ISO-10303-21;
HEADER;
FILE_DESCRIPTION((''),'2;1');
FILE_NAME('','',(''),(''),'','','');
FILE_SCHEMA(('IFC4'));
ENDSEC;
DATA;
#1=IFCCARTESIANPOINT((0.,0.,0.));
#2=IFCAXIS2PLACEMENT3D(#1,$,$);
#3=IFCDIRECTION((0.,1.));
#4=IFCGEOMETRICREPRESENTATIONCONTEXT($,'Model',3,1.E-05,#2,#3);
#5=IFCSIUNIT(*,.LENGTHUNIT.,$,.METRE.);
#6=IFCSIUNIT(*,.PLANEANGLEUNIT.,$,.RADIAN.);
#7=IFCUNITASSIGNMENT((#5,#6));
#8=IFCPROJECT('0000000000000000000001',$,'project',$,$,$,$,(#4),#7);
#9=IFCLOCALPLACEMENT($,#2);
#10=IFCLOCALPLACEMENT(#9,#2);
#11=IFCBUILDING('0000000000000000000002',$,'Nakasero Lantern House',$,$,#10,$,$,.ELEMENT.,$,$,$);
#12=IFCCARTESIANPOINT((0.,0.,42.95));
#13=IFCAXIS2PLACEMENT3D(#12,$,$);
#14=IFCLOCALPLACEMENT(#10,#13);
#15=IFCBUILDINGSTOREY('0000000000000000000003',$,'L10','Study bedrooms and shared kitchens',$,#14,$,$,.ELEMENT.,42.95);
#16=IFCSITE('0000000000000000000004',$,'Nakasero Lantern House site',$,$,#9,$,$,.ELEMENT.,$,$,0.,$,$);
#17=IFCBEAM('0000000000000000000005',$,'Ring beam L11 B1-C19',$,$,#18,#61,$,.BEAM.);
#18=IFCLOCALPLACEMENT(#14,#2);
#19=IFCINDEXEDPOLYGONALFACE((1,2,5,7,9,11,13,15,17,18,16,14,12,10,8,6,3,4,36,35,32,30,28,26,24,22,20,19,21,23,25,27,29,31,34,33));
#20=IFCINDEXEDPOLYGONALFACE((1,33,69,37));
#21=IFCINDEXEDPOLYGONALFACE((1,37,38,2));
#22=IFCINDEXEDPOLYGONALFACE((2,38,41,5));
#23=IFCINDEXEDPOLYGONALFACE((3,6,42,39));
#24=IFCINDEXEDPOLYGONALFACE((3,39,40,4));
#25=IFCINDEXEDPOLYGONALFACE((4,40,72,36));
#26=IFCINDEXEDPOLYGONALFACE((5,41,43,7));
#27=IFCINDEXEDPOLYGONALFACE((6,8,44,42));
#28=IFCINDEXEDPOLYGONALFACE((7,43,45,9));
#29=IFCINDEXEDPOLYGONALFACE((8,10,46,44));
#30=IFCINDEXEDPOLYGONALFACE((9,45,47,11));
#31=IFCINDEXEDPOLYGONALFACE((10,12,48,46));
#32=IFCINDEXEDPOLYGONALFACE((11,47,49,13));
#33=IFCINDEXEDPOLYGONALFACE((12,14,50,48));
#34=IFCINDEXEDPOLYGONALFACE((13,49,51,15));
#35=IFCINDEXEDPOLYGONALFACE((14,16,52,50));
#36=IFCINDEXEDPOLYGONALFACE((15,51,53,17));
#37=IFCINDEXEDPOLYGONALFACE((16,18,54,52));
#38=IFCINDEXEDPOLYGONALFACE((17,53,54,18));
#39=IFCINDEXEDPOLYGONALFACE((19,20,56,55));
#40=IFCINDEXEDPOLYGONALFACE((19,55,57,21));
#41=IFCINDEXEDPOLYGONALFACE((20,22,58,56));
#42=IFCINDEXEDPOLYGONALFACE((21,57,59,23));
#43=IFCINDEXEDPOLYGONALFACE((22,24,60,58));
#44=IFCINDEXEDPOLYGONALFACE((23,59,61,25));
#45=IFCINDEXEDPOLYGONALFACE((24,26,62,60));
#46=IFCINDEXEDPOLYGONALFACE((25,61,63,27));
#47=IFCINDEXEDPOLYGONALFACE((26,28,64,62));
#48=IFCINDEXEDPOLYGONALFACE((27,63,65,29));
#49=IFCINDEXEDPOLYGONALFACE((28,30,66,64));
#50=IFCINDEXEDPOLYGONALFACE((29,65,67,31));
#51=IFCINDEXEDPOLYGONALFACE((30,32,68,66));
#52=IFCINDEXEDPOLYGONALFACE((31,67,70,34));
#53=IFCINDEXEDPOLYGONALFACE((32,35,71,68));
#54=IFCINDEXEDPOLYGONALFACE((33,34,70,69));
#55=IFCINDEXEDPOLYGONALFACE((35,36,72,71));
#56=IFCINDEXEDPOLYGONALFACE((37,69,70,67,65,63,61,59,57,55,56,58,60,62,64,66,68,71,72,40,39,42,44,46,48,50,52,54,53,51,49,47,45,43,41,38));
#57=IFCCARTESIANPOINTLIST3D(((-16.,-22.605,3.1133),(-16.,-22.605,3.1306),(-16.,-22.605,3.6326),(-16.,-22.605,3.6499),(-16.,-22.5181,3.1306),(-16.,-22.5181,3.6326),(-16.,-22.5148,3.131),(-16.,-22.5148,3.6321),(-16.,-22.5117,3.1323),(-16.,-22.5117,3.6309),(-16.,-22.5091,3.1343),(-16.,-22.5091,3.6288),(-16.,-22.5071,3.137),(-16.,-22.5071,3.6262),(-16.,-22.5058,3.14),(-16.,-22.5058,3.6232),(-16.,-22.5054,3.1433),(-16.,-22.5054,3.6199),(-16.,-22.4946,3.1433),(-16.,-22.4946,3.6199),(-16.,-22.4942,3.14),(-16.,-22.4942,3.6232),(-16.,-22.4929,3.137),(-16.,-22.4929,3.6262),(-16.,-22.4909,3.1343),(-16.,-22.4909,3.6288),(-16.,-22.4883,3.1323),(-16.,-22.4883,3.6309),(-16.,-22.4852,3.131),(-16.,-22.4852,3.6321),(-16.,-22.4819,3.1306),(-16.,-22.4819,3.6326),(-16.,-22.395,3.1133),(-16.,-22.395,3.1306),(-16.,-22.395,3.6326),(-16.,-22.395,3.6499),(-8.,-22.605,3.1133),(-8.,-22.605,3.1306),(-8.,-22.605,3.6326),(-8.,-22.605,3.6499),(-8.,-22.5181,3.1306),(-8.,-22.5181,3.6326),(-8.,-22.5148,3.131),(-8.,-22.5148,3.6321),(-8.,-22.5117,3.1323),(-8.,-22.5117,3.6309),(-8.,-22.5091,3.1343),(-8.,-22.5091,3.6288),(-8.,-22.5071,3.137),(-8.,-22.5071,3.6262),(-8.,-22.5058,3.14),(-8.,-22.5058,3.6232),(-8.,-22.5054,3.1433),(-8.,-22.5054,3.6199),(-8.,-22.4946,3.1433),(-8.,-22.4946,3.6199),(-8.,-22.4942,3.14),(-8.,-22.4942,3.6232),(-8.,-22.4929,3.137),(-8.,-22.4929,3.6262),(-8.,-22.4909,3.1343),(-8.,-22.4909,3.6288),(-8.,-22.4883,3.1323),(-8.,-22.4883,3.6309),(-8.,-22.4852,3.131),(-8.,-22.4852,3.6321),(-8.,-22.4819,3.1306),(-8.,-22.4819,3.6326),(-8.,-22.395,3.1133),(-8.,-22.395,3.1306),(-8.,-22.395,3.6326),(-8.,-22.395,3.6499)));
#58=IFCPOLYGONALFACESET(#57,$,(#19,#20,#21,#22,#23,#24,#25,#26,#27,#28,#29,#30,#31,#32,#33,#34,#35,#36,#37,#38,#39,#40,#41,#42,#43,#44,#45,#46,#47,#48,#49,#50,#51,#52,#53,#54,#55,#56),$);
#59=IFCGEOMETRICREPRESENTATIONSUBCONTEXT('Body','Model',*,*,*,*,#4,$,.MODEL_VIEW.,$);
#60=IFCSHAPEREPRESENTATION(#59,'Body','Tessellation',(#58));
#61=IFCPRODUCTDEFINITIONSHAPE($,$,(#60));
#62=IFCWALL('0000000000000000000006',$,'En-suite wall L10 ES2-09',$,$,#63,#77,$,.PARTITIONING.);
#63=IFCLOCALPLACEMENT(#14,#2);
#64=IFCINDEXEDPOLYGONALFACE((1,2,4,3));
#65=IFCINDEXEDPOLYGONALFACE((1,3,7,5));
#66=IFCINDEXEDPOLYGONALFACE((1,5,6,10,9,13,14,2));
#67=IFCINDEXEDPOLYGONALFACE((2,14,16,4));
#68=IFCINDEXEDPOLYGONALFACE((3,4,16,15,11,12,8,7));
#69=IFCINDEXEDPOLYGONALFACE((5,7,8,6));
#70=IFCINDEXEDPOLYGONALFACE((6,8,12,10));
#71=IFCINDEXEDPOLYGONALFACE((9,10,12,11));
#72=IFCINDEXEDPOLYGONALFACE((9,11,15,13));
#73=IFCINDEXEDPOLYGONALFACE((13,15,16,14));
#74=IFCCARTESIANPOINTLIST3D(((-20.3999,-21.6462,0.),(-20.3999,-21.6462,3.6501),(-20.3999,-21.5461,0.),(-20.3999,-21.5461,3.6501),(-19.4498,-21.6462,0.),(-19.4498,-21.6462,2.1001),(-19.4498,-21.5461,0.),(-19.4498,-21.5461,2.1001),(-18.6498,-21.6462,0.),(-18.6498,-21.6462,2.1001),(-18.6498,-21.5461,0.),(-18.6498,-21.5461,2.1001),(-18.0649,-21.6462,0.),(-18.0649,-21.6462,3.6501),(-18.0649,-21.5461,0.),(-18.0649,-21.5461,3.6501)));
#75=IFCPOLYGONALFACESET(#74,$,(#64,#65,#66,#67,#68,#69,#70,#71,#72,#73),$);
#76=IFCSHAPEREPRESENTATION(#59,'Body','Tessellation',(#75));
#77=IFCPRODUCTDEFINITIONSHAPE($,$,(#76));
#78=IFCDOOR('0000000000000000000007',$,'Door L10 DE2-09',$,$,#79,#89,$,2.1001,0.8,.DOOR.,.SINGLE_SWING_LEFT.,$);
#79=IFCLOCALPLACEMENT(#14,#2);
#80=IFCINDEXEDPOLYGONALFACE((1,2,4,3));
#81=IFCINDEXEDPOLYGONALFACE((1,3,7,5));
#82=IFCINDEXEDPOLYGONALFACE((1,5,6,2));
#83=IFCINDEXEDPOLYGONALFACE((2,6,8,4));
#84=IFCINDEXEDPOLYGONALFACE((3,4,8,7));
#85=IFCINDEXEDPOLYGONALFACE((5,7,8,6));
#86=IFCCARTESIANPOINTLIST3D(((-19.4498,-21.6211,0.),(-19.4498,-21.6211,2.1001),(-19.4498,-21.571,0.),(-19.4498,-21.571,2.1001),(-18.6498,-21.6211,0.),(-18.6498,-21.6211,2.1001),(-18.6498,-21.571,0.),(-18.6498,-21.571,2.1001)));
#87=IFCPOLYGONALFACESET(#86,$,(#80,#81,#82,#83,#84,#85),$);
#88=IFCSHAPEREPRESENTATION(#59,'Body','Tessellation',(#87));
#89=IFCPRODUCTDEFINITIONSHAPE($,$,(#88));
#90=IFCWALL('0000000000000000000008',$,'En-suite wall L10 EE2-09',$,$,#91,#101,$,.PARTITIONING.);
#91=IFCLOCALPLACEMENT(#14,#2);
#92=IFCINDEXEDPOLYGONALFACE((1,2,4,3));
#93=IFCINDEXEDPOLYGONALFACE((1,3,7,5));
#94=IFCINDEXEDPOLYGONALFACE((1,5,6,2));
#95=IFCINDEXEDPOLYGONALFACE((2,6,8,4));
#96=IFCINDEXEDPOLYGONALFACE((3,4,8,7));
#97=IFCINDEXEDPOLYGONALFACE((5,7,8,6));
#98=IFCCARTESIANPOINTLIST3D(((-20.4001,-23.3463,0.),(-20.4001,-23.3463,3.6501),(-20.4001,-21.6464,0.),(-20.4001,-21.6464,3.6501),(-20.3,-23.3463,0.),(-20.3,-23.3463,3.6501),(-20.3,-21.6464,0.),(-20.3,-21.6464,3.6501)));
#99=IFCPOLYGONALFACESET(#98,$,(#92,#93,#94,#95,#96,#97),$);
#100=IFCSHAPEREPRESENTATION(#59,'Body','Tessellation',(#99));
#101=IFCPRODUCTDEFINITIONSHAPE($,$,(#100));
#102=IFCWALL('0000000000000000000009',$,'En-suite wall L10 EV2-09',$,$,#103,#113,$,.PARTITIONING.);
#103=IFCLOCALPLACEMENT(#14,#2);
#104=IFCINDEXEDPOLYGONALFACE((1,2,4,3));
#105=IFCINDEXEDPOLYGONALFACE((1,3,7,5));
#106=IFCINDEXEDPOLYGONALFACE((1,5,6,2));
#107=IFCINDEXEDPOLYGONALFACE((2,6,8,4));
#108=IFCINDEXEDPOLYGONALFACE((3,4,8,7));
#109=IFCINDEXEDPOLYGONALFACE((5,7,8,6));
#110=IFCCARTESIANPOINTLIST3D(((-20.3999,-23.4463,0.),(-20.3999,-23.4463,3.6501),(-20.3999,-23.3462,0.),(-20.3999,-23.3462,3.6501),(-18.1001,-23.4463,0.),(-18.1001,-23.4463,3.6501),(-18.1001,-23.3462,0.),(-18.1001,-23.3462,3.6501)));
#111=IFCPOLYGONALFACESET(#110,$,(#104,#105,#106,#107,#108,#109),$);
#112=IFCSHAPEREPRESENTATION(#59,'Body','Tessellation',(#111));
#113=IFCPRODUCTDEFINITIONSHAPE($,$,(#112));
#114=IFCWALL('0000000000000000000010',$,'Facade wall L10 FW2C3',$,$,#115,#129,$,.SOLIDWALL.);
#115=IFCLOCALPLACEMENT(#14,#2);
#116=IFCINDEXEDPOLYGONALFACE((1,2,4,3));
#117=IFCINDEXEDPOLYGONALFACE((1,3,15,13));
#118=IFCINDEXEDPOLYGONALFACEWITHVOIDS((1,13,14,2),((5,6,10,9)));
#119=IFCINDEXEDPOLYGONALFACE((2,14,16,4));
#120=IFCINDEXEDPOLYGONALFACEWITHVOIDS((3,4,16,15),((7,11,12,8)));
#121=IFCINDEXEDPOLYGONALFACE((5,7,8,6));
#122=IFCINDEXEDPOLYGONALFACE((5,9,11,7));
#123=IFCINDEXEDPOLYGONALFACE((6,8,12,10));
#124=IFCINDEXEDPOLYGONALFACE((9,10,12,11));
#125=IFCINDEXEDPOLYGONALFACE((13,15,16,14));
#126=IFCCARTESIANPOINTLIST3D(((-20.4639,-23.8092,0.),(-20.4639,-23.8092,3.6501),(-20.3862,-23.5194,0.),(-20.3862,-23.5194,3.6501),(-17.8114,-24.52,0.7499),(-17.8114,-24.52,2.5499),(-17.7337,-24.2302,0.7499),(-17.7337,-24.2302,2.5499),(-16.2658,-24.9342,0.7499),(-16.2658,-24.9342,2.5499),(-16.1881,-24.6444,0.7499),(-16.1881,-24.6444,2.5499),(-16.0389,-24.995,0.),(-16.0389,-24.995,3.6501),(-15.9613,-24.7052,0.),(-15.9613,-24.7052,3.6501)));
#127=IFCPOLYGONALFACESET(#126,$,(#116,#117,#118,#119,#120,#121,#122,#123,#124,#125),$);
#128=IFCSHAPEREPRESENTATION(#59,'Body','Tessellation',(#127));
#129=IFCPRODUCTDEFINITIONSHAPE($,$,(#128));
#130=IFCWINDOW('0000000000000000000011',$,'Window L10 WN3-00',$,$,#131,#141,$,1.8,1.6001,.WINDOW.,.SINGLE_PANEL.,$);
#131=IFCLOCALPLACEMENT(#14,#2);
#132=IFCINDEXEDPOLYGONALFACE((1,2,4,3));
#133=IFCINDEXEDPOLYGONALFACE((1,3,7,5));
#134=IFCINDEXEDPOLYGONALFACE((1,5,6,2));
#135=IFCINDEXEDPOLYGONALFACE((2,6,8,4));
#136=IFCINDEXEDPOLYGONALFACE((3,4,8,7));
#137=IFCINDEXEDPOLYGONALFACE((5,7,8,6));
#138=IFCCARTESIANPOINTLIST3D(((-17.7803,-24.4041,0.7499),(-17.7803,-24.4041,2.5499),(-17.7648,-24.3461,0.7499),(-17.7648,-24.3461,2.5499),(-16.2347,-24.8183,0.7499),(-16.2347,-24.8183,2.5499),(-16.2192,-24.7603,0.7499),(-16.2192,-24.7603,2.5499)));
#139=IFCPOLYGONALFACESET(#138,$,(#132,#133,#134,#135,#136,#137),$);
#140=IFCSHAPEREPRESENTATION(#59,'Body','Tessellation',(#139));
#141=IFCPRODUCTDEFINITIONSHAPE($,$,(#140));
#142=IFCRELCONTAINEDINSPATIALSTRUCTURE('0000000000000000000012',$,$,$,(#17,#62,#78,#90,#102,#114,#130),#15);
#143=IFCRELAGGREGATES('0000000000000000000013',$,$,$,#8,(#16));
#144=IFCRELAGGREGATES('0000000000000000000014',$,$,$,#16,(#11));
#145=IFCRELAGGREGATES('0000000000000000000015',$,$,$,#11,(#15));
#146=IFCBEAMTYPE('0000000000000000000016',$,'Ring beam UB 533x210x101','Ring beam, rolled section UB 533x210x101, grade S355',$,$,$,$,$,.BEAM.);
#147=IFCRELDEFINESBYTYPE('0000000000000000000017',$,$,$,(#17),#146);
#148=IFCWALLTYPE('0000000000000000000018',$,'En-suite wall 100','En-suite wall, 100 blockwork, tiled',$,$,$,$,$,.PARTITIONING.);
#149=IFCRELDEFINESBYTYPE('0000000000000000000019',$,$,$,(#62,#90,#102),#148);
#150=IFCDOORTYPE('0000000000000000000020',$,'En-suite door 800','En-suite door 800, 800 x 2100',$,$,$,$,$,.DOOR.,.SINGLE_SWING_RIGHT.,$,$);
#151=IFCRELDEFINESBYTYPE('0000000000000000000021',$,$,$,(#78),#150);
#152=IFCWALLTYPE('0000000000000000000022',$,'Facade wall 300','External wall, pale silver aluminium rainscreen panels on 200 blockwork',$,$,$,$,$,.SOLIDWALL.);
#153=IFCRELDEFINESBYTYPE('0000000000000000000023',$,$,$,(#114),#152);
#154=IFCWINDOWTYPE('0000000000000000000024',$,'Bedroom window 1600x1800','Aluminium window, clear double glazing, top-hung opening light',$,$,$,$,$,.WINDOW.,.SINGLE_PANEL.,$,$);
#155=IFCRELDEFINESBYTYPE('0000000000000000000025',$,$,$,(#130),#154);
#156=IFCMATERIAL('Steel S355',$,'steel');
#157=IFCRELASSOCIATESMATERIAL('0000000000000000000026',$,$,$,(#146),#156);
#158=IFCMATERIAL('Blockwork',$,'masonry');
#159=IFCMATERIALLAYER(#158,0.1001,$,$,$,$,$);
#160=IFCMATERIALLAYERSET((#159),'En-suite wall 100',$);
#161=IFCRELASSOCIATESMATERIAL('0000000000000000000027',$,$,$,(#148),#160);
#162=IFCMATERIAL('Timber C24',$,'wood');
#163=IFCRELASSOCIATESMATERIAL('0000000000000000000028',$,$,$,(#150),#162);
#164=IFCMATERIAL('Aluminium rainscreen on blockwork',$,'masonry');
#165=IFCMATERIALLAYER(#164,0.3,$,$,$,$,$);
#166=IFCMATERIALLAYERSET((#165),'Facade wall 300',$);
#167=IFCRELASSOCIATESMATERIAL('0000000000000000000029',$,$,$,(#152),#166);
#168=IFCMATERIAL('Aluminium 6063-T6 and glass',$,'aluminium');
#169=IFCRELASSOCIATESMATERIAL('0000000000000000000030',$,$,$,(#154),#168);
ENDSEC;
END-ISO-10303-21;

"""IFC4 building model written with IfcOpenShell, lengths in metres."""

from ifc_helpers import new_model, si_unit, direction, frame, frame_2d, origin, origin_2d, place, context, subcontext, project, spatial, rectangle, i_section, extrude, material, layer, layer_set, material_profile, profile_set, type_object, element, fill, save


model = new_model("IFC4")

# Units and contexts
model_context = context("Model", 3, precision=1e-05, world=origin(), true_north=direction((0.0, 1.0)))
body_context = subcontext(model_context, "Body", "Model", "MODEL_VIEW")
ifc_project = project(units=[si_unit("LENGTHUNIT", "METRE"), si_unit("PLANEANGLEUNIT", "RADIAN")], contexts=[model_context])

# Site, building, storey
site_placement = place(None, origin())
site = spatial("IfcSite", under=ifc_project, at=site_placement, Name="Nakasero Lantern House site", CompositionType="ELEMENT", RefElevation=0.0)
building_placement = place(site_placement, origin())
building = spatial("IfcBuilding", under=site, at=building_placement, Name="Nakasero Lantern House", CompositionType="ELEMENT")
storey_placement = place(building_placement, frame((0.0, 0.0, 42.95)))
storey = spatial("IfcBuildingStorey", under=building, at=storey_placement, Name="L10", Description="Study bedrooms and shared kitchens", CompositionType="ELEMENT", Elevation=42.95)

# Beam
ifc_material_1 = material(Name="Steel S355", Category="steel")
ifc_material_profile_1 = material_profile(ifc_material_1, i_section(OverallWidth=0.21, OverallDepth=0.5366, WebThickness=0.0107, FlangeThickness=0.0173, FilletRadius=0.0127, at=origin_2d()), Name="UB 533x210x101")
ifc_profile_set_1 = profile_set([ifc_material_profile_1], Name="Steel S355")
beam_type_1 = type_object("IfcBeamType", Name="Ring beam UB 533x210x101", Description="Ring beam, rolled section UB 533x210x101, grade S355", PredefinedType="BEAM", material=ifc_profile_set_1)
beam_1_placement = place(storey_placement, frame((-16.0, -22.5, 3.3816), z_axis=(1.0, 0.0, 0.0), x_axis=(0.0, 1.0, 0.0)))
element("IfcBeam", 1, at=beam_1_placement, inside=storey, type_object=beam_type_1, Name="Ring beam L11 B1-C19", PredefinedType="BEAM", context=body_context, shape_type="SweptSolid", body=[
    extrude(i_section(OverallWidth=0.21, OverallDepth=0.5366, WebThickness=0.0107, FlangeThickness=0.0173, FilletRadius=0.0127, at=origin_2d()), origin(), (0.0, 0.0, 1.0), 8.0),
])

# Wall, opening, door
ifc_material_2 = material(Name="Blockwork", Category="masonry")
ifc_layer_1 = layer(ifc_material_2, 0.1001)
ifc_layer_set_1 = layer_set([ifc_layer_1], Name="En-suite wall 100")
wall_type_1 = type_object("IfcWallType", Name="En-suite wall 100", Description="En-suite wall, 100 blockwork, tiled", PredefinedType="PARTITIONING", material=ifc_layer_set_1)
wall_1_placement = place(storey_placement, frame((-18.0649, -21.5962, 0.0), z_axis=(0.0, 0.0, 1.0), x_axis=(-1.0, 0.0, 0.0)))
wall_1 = element("IfcWall", 2, at=wall_1_placement, inside=storey, type_object=wall_type_1, Name="En-suite wall L10 ES2-09", PredefinedType="PARTITIONING", context=body_context, shape_type="SweptSolid", body=[
    extrude(rectangle(XDim=2.335, YDim=0.1001, at=frame_2d((1.1675, 0.0))), origin(), (0.0, 0.0, 1.0), 3.6501),
])
opening_1_placement = place(wall_1_placement, frame((0.585, 0.0, 0.0)))
opening_1 = element("IfcOpeningElement", 3, at=opening_1_placement, cuts=wall_1, PredefinedType="OPENING", context=body_context, shape_type="SweptSolid", body=[
    extrude(rectangle(XDim=0.8, YDim=2.1001, at=frame_2d((0.3999, 1.05))), frame((0.0, 0.0701, 0.0), z_axis=(0.0, -1.0, 0.0), x_axis=(1.0, 0.0, 0.0)), (0.0, 0.0, 1.0), 0.1401),
])
ifc_material_3 = material(Name="Timber C24", Category="wood")
door_type_1 = type_object("IfcDoorType", Name="En-suite door 800", Description="En-suite door 800, 800 x 2100", OperationType="SINGLE_SWING_RIGHT", PredefinedType="DOOR", material=ifc_material_3)
door_1_placement = place(opening_1_placement, origin())
door_1 = element("IfcDoor", 4, at=door_1_placement, inside=storey, type_object=door_type_1, Name="Door L10 DE2-09", OperationType="SINGLE_SWING_LEFT", OverallHeight=2.1001, OverallWidth=0.8, PredefinedType="DOOR", context=body_context, shape_type="SweptSolid", body=[
    extrude(rectangle(XDim=0.8, YDim=2.1001, at=frame_2d((0.3999, 1.05))), frame((0.0, 0.0249, 0.0), z_axis=(0.0, -1.0, 0.0), x_axis=(1.0, 0.0, 0.0)), (0.0, 0.0, 1.0), 0.05),
])
fill(opening_1, door_1)

# Walls
wall_2_placement = place(storey_placement, frame((-20.3501, -21.6462, 0.0), z_axis=(0.0, 0.0, 1.0), x_axis=(0.0, -1.0, 0.0)))
element("IfcWall", 5, at=wall_2_placement, inside=storey, type_object=wall_type_1, Name="En-suite wall L10 EE2-09", PredefinedType="PARTITIONING", context=body_context, shape_type="SweptSolid", body=[
    extrude(rectangle(XDim=1.7, YDim=0.1001, at=frame_2d((0.8501, 0.0))), origin(), (0.0, 0.0, 1.0), 3.6501),
])
wall_3_placement = place(storey_placement, frame((-18.1001, -23.3962, 0.0), z_axis=(0.0, 0.0, 1.0), x_axis=(-1.0, 0.0, 0.0)))
element("IfcWall", 6, at=wall_3_placement, inside=storey, type_object=wall_type_1, Name="En-suite wall L10 EV2-09", PredefinedType="PARTITIONING", context=body_context, shape_type="SweptSolid", body=[
    extrude(rectangle(XDim=2.2998, YDim=0.1001, at=frame_2d((1.1499, 0.0))), origin(), (0.0, 0.0, 1.0), 3.6501),
])

# Wall, opening, window
ifc_material_4 = material(Name="Aluminium rainscreen on blockwork", Category="masonry")
ifc_layer_2 = layer(ifc_material_4, 0.3)
ifc_layer_set_2 = layer_set([ifc_layer_2], Name="Facade wall 300")
wall_type_2 = type_object("IfcWallType", Name="Facade wall 300", Description="External wall, pale silver aluminium rainscreen panels on 200 blockwork", PredefinedType="SOLIDWALL", material=ifc_layer_set_2)
wall_4_placement = place(storey_placement, frame((-20.425, -23.6643, 0.0), z_axis=(0.0, 0.0, 1.0), x_axis=(0.96592, -0.25884, 0.0)))
wall_4 = element("IfcWall", 7, at=wall_4_placement, inside=storey, type_object=wall_type_2, Name="Facade wall L10 FW2C3", PredefinedType="SOLIDWALL", context=body_context, shape_type="SweptSolid", body=[
    extrude(rectangle(XDim=4.5811, YDim=0.3, at=frame_2d((2.2905, 0.0))), origin(), (0.0, 0.0, 1.0), 3.6501),
])
opening_2_placement = place(wall_4_placement, frame((2.7461, 0.0, 0.75)))
opening_2 = element("IfcOpeningElement", 8, at=opening_2_placement, cuts=wall_4, PredefinedType="OPENING", context=body_context, shape_type="SweptSolid", body=[
    extrude(rectangle(XDim=1.6001, YDim=1.8, at=frame_2d((0.8, 0.8999))), frame((0.0, 0.1699, 0.0), z_axis=(0.0, -1.0, 0.0), x_axis=(1.0, 0.0, 0.0)), (0.0, 0.0, 1.0), 0.3401),
])
ifc_material_5 = material(Name="Aluminium 6063-T6 and glass", Category="aluminium")
window_type_1 = type_object("IfcWindowType", Name="Bedroom window 1600x1800", Description="Aluminium window, clear double glazing, top-hung opening light", PartitioningType="SINGLE_PANEL", PredefinedType="WINDOW", material=ifc_material_5)
window_1_placement = place(opening_2_placement, origin())
window_1 = element("IfcWindow", 9, at=window_1_placement, inside=storey, type_object=window_type_1, Name="Window L10 WN3-00", OverallHeight=1.8, OverallWidth=1.6001, PartitioningType="SINGLE_PANEL", PredefinedType="WINDOW", context=body_context, shape_type="SweptSolid", body=[
    extrude(rectangle(XDim=1.6001, YDim=1.8, at=frame_2d((0.8, 0.8999))), frame((0.0, 0.03, 0.0), z_axis=(0.0, -1.0, 0.0), x_axis=(1.0, 0.0, 0.0)), (0.0, 0.0, 1.0), 0.0601),
])
fill(opening_2, window_1)

save(model, "model.ifc")
